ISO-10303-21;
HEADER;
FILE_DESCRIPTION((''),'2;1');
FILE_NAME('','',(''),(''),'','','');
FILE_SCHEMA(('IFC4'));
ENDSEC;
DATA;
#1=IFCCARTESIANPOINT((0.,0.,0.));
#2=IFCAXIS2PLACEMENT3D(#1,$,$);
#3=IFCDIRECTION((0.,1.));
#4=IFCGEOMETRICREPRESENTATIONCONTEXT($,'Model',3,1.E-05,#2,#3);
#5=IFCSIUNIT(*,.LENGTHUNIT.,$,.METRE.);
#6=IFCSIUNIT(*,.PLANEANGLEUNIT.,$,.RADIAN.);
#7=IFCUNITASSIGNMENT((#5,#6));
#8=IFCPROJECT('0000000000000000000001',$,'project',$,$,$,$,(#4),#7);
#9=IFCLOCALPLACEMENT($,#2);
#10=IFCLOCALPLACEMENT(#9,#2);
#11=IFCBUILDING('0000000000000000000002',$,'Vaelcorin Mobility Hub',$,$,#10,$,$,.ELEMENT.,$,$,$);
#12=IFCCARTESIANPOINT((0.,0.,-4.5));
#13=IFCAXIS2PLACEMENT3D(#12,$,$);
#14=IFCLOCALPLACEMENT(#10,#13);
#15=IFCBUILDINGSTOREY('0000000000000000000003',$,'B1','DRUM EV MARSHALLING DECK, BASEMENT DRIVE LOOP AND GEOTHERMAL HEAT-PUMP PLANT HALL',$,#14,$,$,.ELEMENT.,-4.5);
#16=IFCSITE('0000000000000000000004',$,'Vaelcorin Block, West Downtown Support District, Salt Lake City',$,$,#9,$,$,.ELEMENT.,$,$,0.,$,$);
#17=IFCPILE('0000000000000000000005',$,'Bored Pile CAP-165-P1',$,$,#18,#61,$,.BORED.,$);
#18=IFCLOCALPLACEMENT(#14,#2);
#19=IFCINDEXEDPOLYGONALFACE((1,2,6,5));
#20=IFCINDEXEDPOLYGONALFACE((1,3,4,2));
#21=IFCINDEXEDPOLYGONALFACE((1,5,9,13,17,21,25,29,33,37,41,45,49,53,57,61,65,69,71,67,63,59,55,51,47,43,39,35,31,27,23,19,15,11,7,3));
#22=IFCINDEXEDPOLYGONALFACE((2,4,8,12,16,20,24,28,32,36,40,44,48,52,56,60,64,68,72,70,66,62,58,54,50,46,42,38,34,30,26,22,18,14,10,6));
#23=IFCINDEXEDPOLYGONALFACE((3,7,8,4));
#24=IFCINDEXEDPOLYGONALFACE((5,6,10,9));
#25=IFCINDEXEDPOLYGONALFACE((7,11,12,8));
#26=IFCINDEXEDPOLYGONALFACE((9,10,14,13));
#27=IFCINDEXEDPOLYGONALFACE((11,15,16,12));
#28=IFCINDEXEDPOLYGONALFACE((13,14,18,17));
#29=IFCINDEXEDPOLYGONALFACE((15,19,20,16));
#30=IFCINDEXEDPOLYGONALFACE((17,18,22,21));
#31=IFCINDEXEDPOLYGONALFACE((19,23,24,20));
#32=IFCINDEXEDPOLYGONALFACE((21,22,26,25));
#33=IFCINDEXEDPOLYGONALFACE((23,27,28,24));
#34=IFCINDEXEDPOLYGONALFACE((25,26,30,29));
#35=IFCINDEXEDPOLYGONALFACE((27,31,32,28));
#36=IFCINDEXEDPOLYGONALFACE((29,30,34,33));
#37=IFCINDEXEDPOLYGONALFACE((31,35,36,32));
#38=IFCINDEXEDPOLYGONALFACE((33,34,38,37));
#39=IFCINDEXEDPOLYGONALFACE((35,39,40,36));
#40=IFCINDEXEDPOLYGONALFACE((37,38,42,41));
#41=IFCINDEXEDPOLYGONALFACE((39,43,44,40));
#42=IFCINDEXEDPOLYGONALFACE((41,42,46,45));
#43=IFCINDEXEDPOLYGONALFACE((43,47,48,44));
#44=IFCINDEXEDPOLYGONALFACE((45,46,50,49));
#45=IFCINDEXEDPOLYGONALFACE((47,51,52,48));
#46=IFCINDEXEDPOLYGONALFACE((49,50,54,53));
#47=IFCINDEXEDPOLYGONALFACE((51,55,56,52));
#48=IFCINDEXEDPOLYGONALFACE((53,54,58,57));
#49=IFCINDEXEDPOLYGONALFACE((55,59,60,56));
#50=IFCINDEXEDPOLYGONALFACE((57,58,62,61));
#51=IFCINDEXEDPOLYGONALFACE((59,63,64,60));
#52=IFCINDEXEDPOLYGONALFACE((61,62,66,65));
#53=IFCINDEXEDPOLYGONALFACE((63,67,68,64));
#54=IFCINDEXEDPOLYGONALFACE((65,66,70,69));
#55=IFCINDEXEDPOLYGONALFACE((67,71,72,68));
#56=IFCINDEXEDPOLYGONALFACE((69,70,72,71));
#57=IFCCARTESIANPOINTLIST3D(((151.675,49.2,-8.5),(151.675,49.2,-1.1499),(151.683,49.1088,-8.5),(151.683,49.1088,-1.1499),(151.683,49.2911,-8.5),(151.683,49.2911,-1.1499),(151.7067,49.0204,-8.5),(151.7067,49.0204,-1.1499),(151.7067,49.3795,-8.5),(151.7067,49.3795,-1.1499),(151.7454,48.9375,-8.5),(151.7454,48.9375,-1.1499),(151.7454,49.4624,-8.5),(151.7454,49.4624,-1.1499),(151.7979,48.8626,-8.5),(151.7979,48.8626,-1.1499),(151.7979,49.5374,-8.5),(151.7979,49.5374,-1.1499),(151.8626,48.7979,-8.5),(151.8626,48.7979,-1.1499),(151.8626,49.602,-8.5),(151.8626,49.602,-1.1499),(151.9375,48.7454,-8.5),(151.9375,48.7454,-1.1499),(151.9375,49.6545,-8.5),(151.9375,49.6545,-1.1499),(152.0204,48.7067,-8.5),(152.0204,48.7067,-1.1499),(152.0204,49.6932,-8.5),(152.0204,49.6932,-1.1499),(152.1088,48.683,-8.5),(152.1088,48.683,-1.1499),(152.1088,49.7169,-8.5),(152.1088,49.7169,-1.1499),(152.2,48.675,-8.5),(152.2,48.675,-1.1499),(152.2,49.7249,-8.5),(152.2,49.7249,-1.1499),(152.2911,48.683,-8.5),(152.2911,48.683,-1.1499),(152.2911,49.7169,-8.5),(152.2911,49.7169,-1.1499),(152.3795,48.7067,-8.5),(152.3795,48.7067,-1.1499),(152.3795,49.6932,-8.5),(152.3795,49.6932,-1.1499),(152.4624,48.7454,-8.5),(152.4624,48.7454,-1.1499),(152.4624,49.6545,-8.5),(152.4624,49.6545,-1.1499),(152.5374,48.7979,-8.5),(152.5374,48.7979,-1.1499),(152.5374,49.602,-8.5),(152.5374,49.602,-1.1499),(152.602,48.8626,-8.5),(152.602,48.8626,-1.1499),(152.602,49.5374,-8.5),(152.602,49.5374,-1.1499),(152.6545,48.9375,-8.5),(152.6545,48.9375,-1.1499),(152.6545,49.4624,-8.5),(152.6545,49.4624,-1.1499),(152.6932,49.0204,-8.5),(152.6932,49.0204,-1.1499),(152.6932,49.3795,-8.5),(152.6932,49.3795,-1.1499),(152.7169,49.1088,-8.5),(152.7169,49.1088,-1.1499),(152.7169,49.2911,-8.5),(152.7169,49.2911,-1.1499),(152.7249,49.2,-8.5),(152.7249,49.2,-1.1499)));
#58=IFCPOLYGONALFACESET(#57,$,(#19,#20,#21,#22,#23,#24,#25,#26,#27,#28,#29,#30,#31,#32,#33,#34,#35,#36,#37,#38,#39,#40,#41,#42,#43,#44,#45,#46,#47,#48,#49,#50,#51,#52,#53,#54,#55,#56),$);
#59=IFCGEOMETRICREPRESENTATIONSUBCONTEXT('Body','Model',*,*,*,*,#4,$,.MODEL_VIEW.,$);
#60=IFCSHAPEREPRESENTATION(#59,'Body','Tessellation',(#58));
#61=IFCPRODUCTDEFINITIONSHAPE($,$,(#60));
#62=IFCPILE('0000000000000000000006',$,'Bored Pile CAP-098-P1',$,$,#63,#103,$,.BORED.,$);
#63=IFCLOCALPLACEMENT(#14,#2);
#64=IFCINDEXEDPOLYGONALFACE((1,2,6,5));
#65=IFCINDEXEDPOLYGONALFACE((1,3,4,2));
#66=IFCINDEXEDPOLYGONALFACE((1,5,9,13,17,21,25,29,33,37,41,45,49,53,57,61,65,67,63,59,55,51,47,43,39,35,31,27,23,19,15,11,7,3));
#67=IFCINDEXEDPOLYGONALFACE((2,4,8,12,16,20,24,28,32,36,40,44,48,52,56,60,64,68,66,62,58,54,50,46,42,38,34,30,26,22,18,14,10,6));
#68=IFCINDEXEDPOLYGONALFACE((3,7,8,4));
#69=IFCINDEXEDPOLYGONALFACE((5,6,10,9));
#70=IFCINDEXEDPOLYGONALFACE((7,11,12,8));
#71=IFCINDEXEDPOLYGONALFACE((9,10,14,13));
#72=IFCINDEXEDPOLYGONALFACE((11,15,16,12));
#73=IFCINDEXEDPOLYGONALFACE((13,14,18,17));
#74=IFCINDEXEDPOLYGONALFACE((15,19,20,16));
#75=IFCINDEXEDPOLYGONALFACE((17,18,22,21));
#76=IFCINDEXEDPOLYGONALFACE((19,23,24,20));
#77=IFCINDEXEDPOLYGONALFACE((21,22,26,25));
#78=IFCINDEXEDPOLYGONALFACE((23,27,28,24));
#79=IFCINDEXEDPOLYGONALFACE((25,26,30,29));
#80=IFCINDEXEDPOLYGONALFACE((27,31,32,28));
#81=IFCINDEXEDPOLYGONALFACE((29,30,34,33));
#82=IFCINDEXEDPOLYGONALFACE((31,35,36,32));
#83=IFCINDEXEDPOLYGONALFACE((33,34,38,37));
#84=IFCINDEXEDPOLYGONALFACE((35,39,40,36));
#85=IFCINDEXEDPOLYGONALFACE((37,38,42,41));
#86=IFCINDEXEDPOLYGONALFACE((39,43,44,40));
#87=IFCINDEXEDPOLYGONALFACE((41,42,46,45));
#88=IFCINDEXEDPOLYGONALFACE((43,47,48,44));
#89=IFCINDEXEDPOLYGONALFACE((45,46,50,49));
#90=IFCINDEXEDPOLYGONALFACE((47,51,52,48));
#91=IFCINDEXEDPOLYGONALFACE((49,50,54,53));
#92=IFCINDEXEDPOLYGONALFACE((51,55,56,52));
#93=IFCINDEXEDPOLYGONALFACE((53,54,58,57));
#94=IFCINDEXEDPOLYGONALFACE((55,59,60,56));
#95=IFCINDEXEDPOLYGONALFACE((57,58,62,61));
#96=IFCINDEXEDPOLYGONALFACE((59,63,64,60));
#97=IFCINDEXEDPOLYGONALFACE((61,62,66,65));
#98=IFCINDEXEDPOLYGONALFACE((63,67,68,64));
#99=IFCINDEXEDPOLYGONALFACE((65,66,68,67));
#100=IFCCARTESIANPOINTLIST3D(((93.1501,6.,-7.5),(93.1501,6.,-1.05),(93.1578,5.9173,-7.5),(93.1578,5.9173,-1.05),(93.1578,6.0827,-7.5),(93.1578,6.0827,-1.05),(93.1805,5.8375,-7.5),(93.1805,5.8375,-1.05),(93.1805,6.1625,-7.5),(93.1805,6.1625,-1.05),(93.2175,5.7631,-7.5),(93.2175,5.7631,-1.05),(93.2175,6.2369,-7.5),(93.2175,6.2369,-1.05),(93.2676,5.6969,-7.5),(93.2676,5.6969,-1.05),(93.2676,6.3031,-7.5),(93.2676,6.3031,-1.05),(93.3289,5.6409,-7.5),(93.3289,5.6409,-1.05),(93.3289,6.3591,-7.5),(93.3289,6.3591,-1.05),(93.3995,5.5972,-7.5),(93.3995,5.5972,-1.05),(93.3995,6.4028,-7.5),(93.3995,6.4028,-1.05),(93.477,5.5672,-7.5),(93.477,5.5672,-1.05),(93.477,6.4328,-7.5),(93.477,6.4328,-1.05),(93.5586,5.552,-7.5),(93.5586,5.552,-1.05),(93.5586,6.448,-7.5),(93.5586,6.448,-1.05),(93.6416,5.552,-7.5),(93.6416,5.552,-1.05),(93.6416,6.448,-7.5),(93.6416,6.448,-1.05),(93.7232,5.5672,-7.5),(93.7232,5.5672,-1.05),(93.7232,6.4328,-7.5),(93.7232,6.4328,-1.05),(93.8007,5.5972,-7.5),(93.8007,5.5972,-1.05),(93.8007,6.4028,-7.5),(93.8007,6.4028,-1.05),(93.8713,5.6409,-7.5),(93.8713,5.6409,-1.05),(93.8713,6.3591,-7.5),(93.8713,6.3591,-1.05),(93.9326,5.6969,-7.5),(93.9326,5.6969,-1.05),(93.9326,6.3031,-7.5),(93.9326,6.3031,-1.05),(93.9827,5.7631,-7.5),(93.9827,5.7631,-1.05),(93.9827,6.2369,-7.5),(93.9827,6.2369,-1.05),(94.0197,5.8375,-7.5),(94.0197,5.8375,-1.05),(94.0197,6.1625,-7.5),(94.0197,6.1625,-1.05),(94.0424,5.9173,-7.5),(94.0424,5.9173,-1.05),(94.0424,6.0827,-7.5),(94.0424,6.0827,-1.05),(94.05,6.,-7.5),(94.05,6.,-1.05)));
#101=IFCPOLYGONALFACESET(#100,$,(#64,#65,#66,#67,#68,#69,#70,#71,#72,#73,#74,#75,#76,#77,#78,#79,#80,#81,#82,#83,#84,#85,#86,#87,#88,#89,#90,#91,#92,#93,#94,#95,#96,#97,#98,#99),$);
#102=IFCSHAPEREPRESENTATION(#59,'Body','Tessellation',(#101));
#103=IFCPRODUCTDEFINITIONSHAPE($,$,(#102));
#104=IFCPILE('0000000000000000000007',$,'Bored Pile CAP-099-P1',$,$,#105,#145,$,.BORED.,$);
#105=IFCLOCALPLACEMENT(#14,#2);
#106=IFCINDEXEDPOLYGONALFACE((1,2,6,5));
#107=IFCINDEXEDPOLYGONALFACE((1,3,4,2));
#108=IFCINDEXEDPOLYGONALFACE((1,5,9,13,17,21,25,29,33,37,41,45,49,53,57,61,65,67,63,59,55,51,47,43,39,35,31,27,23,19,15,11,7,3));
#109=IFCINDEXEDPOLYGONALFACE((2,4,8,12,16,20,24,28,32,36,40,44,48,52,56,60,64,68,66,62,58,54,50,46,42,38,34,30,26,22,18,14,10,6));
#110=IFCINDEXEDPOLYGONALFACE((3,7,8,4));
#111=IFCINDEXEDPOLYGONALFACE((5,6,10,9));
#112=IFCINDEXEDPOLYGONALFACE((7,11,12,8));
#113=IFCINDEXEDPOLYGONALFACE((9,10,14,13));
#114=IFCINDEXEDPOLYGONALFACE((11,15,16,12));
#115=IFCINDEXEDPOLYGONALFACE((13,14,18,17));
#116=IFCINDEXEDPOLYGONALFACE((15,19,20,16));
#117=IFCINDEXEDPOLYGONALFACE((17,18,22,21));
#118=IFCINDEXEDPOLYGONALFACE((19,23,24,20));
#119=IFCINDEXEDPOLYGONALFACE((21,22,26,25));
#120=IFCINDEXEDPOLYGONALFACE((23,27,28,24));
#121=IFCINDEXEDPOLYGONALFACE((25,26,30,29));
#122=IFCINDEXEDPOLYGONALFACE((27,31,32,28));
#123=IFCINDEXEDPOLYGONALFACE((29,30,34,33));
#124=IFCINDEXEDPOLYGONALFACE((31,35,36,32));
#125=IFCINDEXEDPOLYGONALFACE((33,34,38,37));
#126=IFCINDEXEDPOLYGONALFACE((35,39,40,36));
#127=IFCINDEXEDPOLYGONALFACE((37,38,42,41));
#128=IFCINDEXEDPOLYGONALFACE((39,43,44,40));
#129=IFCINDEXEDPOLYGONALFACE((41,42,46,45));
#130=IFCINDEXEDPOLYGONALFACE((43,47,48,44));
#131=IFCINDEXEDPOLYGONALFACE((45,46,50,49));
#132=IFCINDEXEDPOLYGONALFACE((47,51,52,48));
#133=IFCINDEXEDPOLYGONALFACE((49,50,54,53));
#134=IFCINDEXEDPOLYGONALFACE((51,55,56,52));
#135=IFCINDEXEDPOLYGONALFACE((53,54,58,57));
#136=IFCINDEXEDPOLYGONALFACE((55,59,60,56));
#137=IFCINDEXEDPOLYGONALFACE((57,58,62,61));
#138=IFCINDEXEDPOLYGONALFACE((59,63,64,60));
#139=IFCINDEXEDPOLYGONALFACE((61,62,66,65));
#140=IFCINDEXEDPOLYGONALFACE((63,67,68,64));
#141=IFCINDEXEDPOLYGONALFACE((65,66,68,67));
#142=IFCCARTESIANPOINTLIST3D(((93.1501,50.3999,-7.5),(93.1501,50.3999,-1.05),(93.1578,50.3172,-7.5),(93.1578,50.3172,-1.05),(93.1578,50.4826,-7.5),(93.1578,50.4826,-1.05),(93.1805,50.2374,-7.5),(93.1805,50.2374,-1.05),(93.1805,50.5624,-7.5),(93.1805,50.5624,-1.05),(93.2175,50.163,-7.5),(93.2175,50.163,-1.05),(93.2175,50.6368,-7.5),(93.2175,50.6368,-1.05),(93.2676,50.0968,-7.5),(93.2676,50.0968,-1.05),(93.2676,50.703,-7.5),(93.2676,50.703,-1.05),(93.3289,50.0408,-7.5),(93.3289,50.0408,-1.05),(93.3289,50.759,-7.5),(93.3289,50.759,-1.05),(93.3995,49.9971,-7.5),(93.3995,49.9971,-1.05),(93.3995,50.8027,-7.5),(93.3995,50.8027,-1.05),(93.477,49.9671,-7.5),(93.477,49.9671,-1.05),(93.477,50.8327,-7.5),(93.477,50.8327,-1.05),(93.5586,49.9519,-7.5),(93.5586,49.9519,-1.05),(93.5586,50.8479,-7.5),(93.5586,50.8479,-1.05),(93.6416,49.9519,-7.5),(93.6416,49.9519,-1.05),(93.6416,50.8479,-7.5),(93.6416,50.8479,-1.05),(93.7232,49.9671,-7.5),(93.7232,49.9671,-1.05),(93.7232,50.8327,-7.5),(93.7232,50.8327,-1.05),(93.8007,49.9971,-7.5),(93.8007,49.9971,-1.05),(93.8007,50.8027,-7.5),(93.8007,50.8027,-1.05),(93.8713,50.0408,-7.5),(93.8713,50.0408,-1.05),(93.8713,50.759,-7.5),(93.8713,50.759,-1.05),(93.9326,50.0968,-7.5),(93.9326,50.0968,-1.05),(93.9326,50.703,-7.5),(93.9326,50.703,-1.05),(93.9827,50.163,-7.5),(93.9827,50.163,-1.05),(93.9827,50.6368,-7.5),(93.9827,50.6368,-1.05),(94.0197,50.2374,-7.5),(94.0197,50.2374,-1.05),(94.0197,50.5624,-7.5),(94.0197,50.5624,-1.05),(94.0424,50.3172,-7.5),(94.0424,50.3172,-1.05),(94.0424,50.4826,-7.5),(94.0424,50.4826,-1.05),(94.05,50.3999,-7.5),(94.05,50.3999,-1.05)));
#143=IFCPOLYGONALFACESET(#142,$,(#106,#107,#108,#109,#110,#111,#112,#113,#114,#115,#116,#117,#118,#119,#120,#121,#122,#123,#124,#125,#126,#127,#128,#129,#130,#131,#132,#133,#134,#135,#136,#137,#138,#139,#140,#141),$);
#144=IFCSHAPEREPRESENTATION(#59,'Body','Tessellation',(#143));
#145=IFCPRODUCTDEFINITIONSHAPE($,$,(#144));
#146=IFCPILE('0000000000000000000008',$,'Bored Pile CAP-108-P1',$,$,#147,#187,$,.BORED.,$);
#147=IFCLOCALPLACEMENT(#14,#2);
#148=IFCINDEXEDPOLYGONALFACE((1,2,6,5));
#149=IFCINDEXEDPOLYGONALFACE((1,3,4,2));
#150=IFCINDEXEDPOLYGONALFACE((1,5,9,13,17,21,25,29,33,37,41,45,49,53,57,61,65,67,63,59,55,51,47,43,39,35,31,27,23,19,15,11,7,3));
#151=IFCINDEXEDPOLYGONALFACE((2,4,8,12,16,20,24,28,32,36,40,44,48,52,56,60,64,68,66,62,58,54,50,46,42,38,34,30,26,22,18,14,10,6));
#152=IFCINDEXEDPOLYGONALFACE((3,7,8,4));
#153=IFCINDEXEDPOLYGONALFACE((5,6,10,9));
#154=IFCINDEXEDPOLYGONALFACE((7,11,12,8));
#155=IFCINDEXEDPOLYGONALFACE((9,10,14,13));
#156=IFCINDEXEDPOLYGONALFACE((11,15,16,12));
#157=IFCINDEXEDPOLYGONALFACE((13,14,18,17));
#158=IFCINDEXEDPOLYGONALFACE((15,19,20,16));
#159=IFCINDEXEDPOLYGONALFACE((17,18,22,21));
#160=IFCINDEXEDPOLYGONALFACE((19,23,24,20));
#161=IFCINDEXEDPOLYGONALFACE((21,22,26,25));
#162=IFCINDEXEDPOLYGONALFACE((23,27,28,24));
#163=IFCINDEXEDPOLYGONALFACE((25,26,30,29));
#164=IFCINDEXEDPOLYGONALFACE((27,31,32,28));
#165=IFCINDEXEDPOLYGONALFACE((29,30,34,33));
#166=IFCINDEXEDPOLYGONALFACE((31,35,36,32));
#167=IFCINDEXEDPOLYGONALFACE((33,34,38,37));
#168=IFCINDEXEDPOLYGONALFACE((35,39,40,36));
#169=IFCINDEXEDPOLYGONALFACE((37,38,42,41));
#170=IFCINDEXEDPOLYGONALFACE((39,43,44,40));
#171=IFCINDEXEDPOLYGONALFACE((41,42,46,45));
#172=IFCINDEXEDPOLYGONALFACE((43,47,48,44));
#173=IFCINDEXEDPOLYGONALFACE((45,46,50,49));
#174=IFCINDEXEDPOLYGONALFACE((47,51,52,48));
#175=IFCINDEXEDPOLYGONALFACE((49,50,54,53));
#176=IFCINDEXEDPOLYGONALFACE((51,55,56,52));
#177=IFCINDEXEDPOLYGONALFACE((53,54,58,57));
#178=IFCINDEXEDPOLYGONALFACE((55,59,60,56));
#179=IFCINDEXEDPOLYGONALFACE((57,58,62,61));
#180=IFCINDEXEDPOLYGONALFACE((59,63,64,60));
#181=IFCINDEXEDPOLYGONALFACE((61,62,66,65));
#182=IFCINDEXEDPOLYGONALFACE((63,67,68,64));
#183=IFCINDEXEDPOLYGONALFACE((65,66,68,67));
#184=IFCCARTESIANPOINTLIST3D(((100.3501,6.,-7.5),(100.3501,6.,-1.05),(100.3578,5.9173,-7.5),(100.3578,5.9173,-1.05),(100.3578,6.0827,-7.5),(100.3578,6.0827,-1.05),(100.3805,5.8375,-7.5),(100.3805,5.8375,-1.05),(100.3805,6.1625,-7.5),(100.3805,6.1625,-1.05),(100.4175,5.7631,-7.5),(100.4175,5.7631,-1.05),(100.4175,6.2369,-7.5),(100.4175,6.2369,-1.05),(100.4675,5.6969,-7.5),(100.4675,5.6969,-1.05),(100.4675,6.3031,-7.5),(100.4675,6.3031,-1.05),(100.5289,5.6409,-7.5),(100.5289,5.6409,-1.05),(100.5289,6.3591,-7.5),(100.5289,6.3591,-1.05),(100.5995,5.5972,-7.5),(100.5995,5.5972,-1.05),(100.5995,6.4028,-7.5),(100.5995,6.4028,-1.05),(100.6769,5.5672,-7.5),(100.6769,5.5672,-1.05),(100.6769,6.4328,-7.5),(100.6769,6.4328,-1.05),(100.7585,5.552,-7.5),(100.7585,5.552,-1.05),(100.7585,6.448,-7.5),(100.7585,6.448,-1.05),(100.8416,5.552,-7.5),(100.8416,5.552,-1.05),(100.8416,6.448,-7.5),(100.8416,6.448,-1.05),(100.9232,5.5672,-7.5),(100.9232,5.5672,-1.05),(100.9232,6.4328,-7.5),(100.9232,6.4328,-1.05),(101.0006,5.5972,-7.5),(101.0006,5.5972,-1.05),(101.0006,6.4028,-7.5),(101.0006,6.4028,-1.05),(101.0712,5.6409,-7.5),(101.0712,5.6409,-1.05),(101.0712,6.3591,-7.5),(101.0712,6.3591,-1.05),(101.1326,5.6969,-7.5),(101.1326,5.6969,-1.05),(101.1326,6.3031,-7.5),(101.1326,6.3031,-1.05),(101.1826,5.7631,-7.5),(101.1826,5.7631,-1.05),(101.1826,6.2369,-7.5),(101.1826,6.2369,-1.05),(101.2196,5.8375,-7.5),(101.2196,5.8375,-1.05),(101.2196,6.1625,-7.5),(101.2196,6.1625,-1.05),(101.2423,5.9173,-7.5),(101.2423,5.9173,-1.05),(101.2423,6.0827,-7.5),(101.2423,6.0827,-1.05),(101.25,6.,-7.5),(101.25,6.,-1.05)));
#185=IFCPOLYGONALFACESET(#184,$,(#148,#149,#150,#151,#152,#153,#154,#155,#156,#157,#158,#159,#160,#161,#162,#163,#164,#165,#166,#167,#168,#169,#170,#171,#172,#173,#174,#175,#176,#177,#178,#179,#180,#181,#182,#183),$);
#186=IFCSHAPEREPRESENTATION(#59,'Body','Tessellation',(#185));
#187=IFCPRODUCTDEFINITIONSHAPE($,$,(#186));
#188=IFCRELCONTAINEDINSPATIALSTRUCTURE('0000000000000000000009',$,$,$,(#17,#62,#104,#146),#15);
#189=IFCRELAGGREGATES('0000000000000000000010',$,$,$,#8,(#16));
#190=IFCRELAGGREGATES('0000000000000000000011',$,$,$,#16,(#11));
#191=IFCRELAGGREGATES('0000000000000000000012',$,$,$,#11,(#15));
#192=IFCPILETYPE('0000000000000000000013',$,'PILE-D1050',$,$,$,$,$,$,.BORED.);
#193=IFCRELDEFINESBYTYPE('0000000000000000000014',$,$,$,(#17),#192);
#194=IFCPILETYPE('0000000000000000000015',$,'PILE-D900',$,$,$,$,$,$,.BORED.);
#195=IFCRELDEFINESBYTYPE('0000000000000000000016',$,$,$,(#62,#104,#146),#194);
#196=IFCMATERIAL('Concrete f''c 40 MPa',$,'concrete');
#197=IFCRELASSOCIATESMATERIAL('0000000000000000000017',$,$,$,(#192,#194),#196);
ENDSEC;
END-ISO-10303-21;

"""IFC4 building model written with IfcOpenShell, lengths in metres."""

from ifc_helpers import new_model, si_unit, direction, frame, origin, origin_2d, place, context, subcontext, project, spatial, circle, extrude, material, material_profile, profile_set, type_object, element, save


model = new_model("IFC4")

# Units and contexts
model_context = context("Model", 3, precision=1e-05, world=origin(), true_north=direction((0.0, 1.0)))
body_context = subcontext(model_context, "Body", "Model", "MODEL_VIEW")
ifc_project = project(units=[si_unit("LENGTHUNIT", "METRE"), si_unit("PLANEANGLEUNIT", "RADIAN")], contexts=[model_context])

# Site, building, storey
site_placement = place(None, origin())
site = spatial("IfcSite", under=ifc_project, at=site_placement, Name="Vaelcorin Block, West Downtown Support District, Salt Lake City", CompositionType="ELEMENT", RefElevation=0.0)
building_placement = place(site_placement, origin())
building = spatial("IfcBuilding", under=site, at=building_placement, Name="Vaelcorin Mobility Hub", CompositionType="ELEMENT")
storey_placement = place(building_placement, frame((0.0, 0.0, -4.5)))
storey = spatial("IfcBuildingStorey", under=building, at=storey_placement, Name="B1", Description="DRUM EV MARSHALLING DECK, BASEMENT DRIVE LOOP AND GEOTHERMAL HEAT-PUMP PLANT HALL", CompositionType="ELEMENT", Elevation=-4.5)

# Shared definitions
ifc_material_1 = material(Name="Concrete f'c 40 MPa", Category="concrete")

# Piles
ifc_material_profile_1 = material_profile(ifc_material_1, circle(Radius=0.5249, at=origin_2d()), Name="BP-D1050")
ifc_profile_set_1 = profile_set([ifc_material_profile_1], Name="Concrete f'c 40 MPa")
pile_type_1 = type_object("IfcPileType", Name="PILE-D1050", PredefinedType="BORED", material=ifc_profile_set_1)
for number, where, z_axis, x_axis, name in (
    (1, (152.2, 49.2, -1.1499), (0.0, 0.0, -1.0), (1.0, 0.0, 0.0), "Bored Pile CAP-165-P1"),
):
    element("IfcPile", number, at=place(storey_placement, frame(where, z_axis=z_axis, x_axis=x_axis)), inside=storey, type_object=pile_type_1, Name=name, PredefinedType="BORED", context=body_context, shape_type="SweptSolid", body=[
        extrude(circle(Radius=0.5249, at=origin_2d()), origin(), (0.0, 0.0, 1.0), 7.3501),
    ])
ifc_material_profile_2 = material_profile(ifc_material_1, circle(Radius=0.45, at=origin_2d()), Name="BP-D900")
ifc_profile_set_2 = profile_set([ifc_material_profile_2], Name="Concrete f'c 40 MPa")
pile_type_2 = type_object("IfcPileType", Name="PILE-D900", PredefinedType="BORED", material=ifc_profile_set_2)
for number, where, z_axis, x_axis, name in (
    (2, (93.6001, 6.0, -1.05), (0.0, 0.0, -1.0), (1.0, 0.0, 0.0), "Bored Pile CAP-098-P1"),
    (3, (93.6001, 50.3999, -1.05), (0.0, 0.0, -1.0), (1.0, 0.0, 0.0), "Bored Pile CAP-099-P1"),
    (4, (100.8, 6.0, -1.05), (0.0, 0.0, -1.0), (1.0, 0.0, 0.0), "Bored Pile CAP-108-P1"),
):
    element("IfcPile", number, at=place(storey_placement, frame(where, z_axis=z_axis, x_axis=x_axis)), inside=storey, type_object=pile_type_2, Name=name, PredefinedType="BORED", context=body_context, shape_type="SweptSolid", body=[
        extrude(circle(Radius=0.45, at=origin_2d()), origin(), (0.0, 0.0, 1.0), 6.45),
    ])

save(model, "model.ifc")
